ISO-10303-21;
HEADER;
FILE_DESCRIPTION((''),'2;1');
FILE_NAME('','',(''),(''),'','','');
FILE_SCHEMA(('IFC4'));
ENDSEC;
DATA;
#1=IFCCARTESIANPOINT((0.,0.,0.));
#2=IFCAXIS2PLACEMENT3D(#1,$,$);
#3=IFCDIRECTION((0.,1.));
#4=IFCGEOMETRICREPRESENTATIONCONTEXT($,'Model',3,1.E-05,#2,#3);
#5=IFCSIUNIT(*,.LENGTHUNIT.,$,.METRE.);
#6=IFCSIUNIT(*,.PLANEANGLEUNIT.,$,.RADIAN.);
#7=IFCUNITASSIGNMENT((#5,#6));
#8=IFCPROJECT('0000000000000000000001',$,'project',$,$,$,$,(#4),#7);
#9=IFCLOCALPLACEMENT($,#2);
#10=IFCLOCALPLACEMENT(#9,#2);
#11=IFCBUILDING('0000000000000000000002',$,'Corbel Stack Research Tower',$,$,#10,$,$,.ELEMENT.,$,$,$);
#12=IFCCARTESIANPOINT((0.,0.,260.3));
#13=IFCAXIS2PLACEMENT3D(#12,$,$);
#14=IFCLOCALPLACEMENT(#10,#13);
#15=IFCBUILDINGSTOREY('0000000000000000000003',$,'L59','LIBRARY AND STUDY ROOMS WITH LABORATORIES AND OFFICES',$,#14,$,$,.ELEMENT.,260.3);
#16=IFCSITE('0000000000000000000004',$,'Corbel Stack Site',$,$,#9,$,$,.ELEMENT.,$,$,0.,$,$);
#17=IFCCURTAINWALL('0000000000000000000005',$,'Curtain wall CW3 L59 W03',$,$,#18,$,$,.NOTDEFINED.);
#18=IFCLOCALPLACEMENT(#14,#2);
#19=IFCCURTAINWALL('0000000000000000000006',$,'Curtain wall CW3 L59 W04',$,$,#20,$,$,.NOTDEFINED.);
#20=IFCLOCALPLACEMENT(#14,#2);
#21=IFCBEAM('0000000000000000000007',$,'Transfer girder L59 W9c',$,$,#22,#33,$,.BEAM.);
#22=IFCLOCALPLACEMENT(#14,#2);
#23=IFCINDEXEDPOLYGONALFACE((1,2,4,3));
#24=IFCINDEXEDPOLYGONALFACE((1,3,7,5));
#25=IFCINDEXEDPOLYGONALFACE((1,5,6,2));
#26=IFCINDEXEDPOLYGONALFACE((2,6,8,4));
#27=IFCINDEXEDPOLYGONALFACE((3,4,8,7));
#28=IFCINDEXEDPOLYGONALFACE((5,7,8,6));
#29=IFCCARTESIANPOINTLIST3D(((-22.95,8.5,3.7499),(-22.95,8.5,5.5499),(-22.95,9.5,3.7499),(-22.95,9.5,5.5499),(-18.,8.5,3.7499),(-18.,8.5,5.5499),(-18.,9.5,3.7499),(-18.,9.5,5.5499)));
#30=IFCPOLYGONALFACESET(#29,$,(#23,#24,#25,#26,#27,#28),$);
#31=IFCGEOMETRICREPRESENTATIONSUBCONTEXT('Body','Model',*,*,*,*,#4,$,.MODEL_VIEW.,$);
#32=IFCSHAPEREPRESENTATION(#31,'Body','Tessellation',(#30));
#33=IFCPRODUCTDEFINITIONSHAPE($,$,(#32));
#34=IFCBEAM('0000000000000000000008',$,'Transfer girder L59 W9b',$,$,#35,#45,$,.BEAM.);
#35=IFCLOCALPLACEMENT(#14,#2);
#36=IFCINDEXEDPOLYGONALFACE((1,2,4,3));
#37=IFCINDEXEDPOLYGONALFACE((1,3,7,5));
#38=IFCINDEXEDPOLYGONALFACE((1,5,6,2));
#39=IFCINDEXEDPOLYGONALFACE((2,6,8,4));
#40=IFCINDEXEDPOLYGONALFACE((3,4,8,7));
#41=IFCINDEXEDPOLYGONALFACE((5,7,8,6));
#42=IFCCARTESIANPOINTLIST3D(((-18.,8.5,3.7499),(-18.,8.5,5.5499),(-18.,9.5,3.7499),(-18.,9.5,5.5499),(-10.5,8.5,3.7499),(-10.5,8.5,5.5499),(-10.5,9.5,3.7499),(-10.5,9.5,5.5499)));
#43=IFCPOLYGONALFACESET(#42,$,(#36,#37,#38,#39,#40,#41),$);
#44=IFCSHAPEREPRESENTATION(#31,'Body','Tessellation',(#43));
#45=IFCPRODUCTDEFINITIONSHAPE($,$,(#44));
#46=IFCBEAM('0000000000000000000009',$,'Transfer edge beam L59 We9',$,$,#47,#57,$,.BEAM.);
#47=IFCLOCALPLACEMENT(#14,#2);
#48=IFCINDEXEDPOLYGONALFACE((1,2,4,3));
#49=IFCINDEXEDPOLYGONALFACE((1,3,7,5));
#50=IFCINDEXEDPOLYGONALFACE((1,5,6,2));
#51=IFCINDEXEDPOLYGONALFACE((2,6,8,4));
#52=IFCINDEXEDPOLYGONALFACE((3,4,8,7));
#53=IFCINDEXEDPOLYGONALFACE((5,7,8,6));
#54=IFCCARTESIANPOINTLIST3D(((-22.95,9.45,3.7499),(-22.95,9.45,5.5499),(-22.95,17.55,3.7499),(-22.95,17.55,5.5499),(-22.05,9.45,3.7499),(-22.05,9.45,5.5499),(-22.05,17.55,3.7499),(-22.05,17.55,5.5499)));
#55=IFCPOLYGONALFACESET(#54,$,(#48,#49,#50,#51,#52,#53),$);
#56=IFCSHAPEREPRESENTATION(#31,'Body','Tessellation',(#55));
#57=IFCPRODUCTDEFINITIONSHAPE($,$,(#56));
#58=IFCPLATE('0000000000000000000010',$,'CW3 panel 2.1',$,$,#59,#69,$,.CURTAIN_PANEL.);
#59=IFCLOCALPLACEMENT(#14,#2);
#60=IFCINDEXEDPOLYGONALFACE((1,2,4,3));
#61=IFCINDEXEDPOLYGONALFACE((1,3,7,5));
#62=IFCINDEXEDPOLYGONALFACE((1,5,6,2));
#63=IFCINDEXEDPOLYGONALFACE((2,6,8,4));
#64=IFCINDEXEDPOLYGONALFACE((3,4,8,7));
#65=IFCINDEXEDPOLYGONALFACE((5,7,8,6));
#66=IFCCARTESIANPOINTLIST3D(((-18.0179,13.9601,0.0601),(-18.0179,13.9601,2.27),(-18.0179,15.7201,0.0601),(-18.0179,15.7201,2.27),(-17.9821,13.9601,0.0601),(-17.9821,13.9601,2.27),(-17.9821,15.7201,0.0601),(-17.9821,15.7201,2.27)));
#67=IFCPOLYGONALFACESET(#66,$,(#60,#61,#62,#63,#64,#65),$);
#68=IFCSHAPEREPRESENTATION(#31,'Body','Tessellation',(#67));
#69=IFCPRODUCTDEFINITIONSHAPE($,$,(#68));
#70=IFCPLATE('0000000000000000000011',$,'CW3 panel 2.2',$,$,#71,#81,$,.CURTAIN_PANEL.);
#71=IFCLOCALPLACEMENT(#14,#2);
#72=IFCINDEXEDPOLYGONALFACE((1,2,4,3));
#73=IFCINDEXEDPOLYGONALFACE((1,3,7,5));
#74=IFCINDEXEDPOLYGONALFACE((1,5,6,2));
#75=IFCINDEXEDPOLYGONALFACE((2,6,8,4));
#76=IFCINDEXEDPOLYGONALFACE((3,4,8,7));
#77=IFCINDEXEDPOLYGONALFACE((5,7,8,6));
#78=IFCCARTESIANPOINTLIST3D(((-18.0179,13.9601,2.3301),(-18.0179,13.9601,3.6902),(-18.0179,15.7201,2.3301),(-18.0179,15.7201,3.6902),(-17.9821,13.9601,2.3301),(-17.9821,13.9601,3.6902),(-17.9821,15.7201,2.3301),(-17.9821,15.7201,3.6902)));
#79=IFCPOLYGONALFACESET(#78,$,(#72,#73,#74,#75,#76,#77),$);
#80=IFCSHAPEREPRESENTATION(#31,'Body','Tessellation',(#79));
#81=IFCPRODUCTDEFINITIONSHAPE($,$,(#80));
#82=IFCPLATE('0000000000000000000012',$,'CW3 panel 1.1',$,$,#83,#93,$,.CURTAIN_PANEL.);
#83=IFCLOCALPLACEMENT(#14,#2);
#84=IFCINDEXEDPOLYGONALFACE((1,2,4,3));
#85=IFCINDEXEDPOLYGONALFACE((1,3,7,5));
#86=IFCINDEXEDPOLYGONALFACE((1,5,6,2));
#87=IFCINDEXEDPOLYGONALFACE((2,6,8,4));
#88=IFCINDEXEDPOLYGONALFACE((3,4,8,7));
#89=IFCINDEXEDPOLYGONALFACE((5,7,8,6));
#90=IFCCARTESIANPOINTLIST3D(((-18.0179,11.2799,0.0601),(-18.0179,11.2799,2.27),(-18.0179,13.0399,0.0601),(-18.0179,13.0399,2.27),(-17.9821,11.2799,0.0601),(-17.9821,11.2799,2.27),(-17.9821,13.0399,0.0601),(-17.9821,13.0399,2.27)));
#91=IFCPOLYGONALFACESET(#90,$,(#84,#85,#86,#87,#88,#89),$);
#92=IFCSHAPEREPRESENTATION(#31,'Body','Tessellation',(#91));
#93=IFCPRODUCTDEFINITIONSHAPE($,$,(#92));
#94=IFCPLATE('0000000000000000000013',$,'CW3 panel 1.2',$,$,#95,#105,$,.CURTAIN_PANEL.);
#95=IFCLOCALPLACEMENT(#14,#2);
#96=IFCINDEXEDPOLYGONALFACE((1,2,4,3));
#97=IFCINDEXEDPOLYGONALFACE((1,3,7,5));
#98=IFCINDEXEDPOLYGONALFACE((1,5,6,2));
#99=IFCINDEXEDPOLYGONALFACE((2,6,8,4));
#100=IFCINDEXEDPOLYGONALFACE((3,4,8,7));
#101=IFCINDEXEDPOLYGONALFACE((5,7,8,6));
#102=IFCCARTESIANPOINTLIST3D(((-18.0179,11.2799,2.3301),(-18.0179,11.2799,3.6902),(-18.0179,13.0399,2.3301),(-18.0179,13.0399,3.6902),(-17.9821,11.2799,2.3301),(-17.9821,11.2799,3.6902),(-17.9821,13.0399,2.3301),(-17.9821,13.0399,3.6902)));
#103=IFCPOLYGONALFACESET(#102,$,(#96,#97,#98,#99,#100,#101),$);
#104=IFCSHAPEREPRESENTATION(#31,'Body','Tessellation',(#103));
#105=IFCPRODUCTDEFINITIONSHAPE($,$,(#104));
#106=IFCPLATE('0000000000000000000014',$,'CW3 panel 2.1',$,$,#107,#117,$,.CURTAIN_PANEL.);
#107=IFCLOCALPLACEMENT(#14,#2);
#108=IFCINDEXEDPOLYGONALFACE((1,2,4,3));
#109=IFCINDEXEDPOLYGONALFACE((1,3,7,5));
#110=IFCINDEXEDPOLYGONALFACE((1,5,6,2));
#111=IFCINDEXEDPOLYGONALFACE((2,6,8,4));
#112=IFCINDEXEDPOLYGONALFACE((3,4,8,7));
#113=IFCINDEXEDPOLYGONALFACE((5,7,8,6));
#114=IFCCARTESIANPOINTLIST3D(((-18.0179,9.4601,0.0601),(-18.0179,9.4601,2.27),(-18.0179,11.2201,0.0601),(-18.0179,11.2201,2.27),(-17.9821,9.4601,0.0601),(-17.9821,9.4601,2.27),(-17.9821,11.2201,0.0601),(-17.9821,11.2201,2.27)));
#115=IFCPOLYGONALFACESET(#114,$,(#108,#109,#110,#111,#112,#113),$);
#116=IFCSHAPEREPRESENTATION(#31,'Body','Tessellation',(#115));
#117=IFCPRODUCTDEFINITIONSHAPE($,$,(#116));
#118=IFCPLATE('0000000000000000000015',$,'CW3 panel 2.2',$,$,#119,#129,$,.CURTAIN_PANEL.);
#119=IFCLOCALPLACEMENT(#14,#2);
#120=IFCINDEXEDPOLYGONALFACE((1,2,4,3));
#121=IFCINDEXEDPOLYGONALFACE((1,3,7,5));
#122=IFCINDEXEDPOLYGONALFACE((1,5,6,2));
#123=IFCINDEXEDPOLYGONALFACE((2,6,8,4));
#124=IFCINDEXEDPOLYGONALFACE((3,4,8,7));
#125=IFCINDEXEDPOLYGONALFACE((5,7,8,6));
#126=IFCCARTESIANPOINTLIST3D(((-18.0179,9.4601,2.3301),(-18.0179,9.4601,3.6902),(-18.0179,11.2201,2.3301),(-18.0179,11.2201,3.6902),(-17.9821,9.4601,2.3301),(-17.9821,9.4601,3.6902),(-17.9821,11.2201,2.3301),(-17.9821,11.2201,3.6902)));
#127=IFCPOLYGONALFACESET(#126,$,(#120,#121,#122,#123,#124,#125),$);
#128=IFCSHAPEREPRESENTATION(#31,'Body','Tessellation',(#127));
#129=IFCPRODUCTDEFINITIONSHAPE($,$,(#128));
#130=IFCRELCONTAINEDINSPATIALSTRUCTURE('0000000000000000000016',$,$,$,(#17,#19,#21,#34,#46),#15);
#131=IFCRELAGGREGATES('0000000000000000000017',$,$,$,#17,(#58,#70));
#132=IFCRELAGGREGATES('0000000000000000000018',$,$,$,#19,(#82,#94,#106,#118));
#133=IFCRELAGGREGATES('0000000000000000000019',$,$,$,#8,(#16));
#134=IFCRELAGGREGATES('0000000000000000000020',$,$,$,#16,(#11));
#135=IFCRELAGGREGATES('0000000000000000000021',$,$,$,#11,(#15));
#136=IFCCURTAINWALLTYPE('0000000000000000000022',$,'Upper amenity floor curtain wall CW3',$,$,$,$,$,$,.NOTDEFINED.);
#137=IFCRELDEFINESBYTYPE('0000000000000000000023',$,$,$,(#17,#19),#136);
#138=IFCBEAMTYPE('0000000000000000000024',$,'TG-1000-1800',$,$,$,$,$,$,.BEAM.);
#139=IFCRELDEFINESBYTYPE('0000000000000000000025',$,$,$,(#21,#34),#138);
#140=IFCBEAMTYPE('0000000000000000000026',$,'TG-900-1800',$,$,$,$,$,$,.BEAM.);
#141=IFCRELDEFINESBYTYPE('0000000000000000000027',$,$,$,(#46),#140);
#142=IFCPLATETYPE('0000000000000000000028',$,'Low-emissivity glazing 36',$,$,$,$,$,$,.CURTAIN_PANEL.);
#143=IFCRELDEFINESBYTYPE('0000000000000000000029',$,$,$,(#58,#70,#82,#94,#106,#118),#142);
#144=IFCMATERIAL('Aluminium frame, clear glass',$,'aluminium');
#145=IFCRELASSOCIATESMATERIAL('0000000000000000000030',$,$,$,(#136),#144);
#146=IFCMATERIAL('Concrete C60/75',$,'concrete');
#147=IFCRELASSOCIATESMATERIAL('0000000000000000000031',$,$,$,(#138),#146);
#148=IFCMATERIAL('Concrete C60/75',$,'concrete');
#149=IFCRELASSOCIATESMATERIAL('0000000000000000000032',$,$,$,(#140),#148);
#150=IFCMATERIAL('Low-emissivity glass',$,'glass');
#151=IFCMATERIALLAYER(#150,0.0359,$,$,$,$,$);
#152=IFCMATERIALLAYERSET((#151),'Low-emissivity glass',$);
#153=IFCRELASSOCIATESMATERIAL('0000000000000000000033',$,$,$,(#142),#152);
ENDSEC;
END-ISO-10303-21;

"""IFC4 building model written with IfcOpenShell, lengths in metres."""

from ifc_helpers import new_model, si_unit, direction, frame, origin, origin_2d, place, context, subcontext, project, spatial, rectangle, extrude, material, layer, layer_set, material_profile, profile_set, type_object, element, aggregate, save


model = new_model("IFC4")

# Units and contexts
model_context = context("Model", 3, precision=1e-05, world=origin(), true_north=direction((0.0, 1.0)))
body_context = subcontext(model_context, "Body", "Model", "MODEL_VIEW")
ifc_project = project(units=[si_unit("LENGTHUNIT", "METRE"), si_unit("PLANEANGLEUNIT", "RADIAN")], contexts=[model_context])

# Site, building, storey
site_placement = place(None, origin())
site = spatial("IfcSite", under=ifc_project, at=site_placement, Name="Corbel Stack Site", CompositionType="ELEMENT", RefElevation=0.0)
building_placement = place(site_placement, origin())
building = spatial("IfcBuilding", under=site, at=building_placement, Name="Corbel Stack Research Tower", CompositionType="ELEMENT")
storey_placement = place(building_placement, frame((0.0, 0.0, 260.3)))
storey = spatial("IfcBuildingStorey", under=building, at=storey_placement, Name="L59", Description="LIBRARY AND STUDY ROOMS WITH LABORATORIES AND OFFICES", CompositionType="ELEMENT", Elevation=260.3)

# Curtain wall
ifc_material_1 = material(Name="Aluminium frame, clear glass", Category="aluminium")
curtain_wall_type = type_object("IfcCurtainWallType", Name="Upper amenity floor curtain wall CW3", PredefinedType="NOTDEFINED", material=ifc_material_1)
curtain_wall_1_placement = place(storey_placement, origin())
curtain_wall_1 = element("IfcCurtainWall", 1, at=curtain_wall_1_placement, inside=storey, type_object=curtain_wall_type, Name="Curtain wall CW3 L59 W03", PredefinedType="NOTDEFINED")

# Curtain wall
curtain_wall_2_placement = place(storey_placement, origin())
curtain_wall_2 = element("IfcCurtainWall", 2, at=curtain_wall_2_placement, inside=storey, type_object=curtain_wall_type, Name="Curtain wall CW3 L59 W04", PredefinedType="NOTDEFINED")

# Beams
ifc_material_2 = material(Name="Concrete C60/75", Category="concrete")
ifc_material_profile_1 = material_profile(ifc_material_2, rectangle(XDim=1.0, YDim=1.8, at=origin_2d()), Name="RC 1000 x 1800")
ifc_profile_set_1 = profile_set([ifc_material_profile_1], Name="Concrete C60/75")
beam_type_1 = type_object("IfcBeamType", Name="TG-1000-1800", PredefinedType="BEAM", material=ifc_profile_set_1)
beam_1_placement = place(storey_placement, frame((-22.95, 9.0, 4.6499), z_axis=(1.0, 0.0, 0.0), x_axis=(0.0, 1.0, 0.0)))
element("IfcBeam", 3, at=beam_1_placement, inside=storey, type_object=beam_type_1, Name="Transfer girder L59 W9c", PredefinedType="BEAM", context=body_context, shape_type="SweptSolid", body=[
    extrude(rectangle(XDim=1.0, YDim=1.8, at=origin_2d()), origin(), (0.0, 0.0, 1.0), 4.95),
])
beam_2_placement = place(storey_placement, frame((-18.0, 9.0, 4.6499), z_axis=(1.0, 0.0, 0.0), x_axis=(0.0, 1.0, 0.0)))
element("IfcBeam", 4, at=beam_2_placement, inside=storey, type_object=beam_type_1, Name="Transfer girder L59 W9b", PredefinedType="BEAM", context=body_context, shape_type="SweptSolid", body=[
    extrude(rectangle(XDim=1.0, YDim=1.8, at=origin_2d()), origin(), (0.0, 0.0, 1.0), 7.5),
])
ifc_material_3 = material(Name="Concrete C60/75", Category="concrete")
ifc_material_profile_2 = material_profile(ifc_material_3, rectangle(XDim=0.8999, YDim=1.8, at=origin_2d()), Name="RC 900 x 1800")
ifc_profile_set_2 = profile_set([ifc_material_profile_2], Name="Concrete C60/75")
beam_type_2 = type_object("IfcBeamType", Name="TG-900-1800", PredefinedType="BEAM", material=ifc_profile_set_2)
beam_3_placement = place(storey_placement, frame((-22.5, 9.45, 4.6499), z_axis=(0.0, 1.0, 0.0), x_axis=(-1.0, 0.0, 0.0)))
element("IfcBeam", 5, at=beam_3_placement, inside=storey, type_object=beam_type_2, Name="Transfer edge beam L59 We9", PredefinedType="BEAM", context=body_context, shape_type="SweptSolid", body=[
    extrude(rectangle(XDim=0.8999, YDim=1.8, at=origin_2d()), origin(), (0.0, 0.0, 1.0), 8.1001),
])

# Plates
ifc_material_4 = material(Name="Low-emissivity glass", Category="glass")
ifc_layer = layer(ifc_material_4, 0.0359)
ifc_layer_set = layer_set([ifc_layer], Name="Low-emissivity glass")
plate_type = type_object("IfcPlateType", Name="Low-emissivity glazing 36", PredefinedType="CURTAIN_PANEL", material=ifc_layer_set)
plate_1_placement = place(storey_placement, frame((-18.0, 14.8401, 0.0601), z_axis=(0.0, 0.0, 1.0), x_axis=(0.0, -1.0, 0.0)))
plate_1 = element("IfcPlate", 6, at=plate_1_placement, type_object=plate_type, Name="CW3 panel 2.1", PredefinedType="CURTAIN_PANEL", context=body_context, shape_type="SweptSolid", body=[
    extrude(rectangle(XDim=1.76, YDim=0.0359, at=origin_2d()), origin(), (0.0, 0.0, 1.0), 2.21),
])
plate_2_placement = place(storey_placement, frame((-18.0, 14.8401, 2.3301), z_axis=(0.0, 0.0, 1.0), x_axis=(0.0, -1.0, 0.0)))
plate_2 = element("IfcPlate", 7, at=plate_2_placement, type_object=plate_type, Name="CW3 panel 2.2", PredefinedType="CURTAIN_PANEL", context=body_context, shape_type="SweptSolid", body=[
    extrude(rectangle(XDim=1.76, YDim=0.0359, at=origin_2d()), origin(), (0.0, 0.0, 1.0), 1.3601),
])
aggregate(curtain_wall_1, [plate_1, plate_2])
plate_3_placement = place(storey_placement, frame((-18.0, 12.1599, 0.0601), z_axis=(0.0, 0.0, 1.0), x_axis=(0.0, -1.0, 0.0)))
plate_3 = element("IfcPlate", 8, at=plate_3_placement, type_object=plate_type, Name="CW3 panel 1.1", PredefinedType="CURTAIN_PANEL", context=body_context, shape_type="SweptSolid", body=[
    extrude(rectangle(XDim=1.76, YDim=0.0359, at=origin_2d()), origin(), (0.0, 0.0, 1.0), 2.21),
])
plate_4_placement = place(storey_placement, frame((-18.0, 12.1599, 2.3301), z_axis=(0.0, 0.0, 1.0), x_axis=(0.0, -1.0, 0.0)))
plate_4 = element("IfcPlate", 9, at=plate_4_placement, type_object=plate_type, Name="CW3 panel 1.2", PredefinedType="CURTAIN_PANEL", context=body_context, shape_type="SweptSolid", body=[
    extrude(rectangle(XDim=1.76, YDim=0.0359, at=origin_2d()), origin(), (0.0, 0.0, 1.0), 1.3601),
])
plate_5_placement = place(storey_placement, frame((-18.0, 10.3401, 0.0601), z_axis=(0.0, 0.0, 1.0), x_axis=(0.0, -1.0, 0.0)))
plate_5 = element("IfcPlate", 10, at=plate_5_placement, type_object=plate_type, Name="CW3 panel 2.1", PredefinedType="CURTAIN_PANEL", context=body_context, shape_type="SweptSolid", body=[
    extrude(rectangle(XDim=1.76, YDim=0.0359, at=origin_2d()), origin(), (0.0, 0.0, 1.0), 2.21),
])
plate_6_placement = place(storey_placement, frame((-18.0, 10.3401, 2.3301), z_axis=(0.0, 0.0, 1.0), x_axis=(0.0, -1.0, 0.0)))
plate_6 = element("IfcPlate", 11, at=plate_6_placement, type_object=plate_type, Name="CW3 panel 2.2", PredefinedType="CURTAIN_PANEL", context=body_context, shape_type="SweptSolid", body=[
    extrude(rectangle(XDim=1.76, YDim=0.0359, at=origin_2d()), origin(), (0.0, 0.0, 1.0), 1.3601),
])
aggregate(curtain_wall_2, [plate_3, plate_4, plate_5, plate_6])

save(model, "model.ifc")
